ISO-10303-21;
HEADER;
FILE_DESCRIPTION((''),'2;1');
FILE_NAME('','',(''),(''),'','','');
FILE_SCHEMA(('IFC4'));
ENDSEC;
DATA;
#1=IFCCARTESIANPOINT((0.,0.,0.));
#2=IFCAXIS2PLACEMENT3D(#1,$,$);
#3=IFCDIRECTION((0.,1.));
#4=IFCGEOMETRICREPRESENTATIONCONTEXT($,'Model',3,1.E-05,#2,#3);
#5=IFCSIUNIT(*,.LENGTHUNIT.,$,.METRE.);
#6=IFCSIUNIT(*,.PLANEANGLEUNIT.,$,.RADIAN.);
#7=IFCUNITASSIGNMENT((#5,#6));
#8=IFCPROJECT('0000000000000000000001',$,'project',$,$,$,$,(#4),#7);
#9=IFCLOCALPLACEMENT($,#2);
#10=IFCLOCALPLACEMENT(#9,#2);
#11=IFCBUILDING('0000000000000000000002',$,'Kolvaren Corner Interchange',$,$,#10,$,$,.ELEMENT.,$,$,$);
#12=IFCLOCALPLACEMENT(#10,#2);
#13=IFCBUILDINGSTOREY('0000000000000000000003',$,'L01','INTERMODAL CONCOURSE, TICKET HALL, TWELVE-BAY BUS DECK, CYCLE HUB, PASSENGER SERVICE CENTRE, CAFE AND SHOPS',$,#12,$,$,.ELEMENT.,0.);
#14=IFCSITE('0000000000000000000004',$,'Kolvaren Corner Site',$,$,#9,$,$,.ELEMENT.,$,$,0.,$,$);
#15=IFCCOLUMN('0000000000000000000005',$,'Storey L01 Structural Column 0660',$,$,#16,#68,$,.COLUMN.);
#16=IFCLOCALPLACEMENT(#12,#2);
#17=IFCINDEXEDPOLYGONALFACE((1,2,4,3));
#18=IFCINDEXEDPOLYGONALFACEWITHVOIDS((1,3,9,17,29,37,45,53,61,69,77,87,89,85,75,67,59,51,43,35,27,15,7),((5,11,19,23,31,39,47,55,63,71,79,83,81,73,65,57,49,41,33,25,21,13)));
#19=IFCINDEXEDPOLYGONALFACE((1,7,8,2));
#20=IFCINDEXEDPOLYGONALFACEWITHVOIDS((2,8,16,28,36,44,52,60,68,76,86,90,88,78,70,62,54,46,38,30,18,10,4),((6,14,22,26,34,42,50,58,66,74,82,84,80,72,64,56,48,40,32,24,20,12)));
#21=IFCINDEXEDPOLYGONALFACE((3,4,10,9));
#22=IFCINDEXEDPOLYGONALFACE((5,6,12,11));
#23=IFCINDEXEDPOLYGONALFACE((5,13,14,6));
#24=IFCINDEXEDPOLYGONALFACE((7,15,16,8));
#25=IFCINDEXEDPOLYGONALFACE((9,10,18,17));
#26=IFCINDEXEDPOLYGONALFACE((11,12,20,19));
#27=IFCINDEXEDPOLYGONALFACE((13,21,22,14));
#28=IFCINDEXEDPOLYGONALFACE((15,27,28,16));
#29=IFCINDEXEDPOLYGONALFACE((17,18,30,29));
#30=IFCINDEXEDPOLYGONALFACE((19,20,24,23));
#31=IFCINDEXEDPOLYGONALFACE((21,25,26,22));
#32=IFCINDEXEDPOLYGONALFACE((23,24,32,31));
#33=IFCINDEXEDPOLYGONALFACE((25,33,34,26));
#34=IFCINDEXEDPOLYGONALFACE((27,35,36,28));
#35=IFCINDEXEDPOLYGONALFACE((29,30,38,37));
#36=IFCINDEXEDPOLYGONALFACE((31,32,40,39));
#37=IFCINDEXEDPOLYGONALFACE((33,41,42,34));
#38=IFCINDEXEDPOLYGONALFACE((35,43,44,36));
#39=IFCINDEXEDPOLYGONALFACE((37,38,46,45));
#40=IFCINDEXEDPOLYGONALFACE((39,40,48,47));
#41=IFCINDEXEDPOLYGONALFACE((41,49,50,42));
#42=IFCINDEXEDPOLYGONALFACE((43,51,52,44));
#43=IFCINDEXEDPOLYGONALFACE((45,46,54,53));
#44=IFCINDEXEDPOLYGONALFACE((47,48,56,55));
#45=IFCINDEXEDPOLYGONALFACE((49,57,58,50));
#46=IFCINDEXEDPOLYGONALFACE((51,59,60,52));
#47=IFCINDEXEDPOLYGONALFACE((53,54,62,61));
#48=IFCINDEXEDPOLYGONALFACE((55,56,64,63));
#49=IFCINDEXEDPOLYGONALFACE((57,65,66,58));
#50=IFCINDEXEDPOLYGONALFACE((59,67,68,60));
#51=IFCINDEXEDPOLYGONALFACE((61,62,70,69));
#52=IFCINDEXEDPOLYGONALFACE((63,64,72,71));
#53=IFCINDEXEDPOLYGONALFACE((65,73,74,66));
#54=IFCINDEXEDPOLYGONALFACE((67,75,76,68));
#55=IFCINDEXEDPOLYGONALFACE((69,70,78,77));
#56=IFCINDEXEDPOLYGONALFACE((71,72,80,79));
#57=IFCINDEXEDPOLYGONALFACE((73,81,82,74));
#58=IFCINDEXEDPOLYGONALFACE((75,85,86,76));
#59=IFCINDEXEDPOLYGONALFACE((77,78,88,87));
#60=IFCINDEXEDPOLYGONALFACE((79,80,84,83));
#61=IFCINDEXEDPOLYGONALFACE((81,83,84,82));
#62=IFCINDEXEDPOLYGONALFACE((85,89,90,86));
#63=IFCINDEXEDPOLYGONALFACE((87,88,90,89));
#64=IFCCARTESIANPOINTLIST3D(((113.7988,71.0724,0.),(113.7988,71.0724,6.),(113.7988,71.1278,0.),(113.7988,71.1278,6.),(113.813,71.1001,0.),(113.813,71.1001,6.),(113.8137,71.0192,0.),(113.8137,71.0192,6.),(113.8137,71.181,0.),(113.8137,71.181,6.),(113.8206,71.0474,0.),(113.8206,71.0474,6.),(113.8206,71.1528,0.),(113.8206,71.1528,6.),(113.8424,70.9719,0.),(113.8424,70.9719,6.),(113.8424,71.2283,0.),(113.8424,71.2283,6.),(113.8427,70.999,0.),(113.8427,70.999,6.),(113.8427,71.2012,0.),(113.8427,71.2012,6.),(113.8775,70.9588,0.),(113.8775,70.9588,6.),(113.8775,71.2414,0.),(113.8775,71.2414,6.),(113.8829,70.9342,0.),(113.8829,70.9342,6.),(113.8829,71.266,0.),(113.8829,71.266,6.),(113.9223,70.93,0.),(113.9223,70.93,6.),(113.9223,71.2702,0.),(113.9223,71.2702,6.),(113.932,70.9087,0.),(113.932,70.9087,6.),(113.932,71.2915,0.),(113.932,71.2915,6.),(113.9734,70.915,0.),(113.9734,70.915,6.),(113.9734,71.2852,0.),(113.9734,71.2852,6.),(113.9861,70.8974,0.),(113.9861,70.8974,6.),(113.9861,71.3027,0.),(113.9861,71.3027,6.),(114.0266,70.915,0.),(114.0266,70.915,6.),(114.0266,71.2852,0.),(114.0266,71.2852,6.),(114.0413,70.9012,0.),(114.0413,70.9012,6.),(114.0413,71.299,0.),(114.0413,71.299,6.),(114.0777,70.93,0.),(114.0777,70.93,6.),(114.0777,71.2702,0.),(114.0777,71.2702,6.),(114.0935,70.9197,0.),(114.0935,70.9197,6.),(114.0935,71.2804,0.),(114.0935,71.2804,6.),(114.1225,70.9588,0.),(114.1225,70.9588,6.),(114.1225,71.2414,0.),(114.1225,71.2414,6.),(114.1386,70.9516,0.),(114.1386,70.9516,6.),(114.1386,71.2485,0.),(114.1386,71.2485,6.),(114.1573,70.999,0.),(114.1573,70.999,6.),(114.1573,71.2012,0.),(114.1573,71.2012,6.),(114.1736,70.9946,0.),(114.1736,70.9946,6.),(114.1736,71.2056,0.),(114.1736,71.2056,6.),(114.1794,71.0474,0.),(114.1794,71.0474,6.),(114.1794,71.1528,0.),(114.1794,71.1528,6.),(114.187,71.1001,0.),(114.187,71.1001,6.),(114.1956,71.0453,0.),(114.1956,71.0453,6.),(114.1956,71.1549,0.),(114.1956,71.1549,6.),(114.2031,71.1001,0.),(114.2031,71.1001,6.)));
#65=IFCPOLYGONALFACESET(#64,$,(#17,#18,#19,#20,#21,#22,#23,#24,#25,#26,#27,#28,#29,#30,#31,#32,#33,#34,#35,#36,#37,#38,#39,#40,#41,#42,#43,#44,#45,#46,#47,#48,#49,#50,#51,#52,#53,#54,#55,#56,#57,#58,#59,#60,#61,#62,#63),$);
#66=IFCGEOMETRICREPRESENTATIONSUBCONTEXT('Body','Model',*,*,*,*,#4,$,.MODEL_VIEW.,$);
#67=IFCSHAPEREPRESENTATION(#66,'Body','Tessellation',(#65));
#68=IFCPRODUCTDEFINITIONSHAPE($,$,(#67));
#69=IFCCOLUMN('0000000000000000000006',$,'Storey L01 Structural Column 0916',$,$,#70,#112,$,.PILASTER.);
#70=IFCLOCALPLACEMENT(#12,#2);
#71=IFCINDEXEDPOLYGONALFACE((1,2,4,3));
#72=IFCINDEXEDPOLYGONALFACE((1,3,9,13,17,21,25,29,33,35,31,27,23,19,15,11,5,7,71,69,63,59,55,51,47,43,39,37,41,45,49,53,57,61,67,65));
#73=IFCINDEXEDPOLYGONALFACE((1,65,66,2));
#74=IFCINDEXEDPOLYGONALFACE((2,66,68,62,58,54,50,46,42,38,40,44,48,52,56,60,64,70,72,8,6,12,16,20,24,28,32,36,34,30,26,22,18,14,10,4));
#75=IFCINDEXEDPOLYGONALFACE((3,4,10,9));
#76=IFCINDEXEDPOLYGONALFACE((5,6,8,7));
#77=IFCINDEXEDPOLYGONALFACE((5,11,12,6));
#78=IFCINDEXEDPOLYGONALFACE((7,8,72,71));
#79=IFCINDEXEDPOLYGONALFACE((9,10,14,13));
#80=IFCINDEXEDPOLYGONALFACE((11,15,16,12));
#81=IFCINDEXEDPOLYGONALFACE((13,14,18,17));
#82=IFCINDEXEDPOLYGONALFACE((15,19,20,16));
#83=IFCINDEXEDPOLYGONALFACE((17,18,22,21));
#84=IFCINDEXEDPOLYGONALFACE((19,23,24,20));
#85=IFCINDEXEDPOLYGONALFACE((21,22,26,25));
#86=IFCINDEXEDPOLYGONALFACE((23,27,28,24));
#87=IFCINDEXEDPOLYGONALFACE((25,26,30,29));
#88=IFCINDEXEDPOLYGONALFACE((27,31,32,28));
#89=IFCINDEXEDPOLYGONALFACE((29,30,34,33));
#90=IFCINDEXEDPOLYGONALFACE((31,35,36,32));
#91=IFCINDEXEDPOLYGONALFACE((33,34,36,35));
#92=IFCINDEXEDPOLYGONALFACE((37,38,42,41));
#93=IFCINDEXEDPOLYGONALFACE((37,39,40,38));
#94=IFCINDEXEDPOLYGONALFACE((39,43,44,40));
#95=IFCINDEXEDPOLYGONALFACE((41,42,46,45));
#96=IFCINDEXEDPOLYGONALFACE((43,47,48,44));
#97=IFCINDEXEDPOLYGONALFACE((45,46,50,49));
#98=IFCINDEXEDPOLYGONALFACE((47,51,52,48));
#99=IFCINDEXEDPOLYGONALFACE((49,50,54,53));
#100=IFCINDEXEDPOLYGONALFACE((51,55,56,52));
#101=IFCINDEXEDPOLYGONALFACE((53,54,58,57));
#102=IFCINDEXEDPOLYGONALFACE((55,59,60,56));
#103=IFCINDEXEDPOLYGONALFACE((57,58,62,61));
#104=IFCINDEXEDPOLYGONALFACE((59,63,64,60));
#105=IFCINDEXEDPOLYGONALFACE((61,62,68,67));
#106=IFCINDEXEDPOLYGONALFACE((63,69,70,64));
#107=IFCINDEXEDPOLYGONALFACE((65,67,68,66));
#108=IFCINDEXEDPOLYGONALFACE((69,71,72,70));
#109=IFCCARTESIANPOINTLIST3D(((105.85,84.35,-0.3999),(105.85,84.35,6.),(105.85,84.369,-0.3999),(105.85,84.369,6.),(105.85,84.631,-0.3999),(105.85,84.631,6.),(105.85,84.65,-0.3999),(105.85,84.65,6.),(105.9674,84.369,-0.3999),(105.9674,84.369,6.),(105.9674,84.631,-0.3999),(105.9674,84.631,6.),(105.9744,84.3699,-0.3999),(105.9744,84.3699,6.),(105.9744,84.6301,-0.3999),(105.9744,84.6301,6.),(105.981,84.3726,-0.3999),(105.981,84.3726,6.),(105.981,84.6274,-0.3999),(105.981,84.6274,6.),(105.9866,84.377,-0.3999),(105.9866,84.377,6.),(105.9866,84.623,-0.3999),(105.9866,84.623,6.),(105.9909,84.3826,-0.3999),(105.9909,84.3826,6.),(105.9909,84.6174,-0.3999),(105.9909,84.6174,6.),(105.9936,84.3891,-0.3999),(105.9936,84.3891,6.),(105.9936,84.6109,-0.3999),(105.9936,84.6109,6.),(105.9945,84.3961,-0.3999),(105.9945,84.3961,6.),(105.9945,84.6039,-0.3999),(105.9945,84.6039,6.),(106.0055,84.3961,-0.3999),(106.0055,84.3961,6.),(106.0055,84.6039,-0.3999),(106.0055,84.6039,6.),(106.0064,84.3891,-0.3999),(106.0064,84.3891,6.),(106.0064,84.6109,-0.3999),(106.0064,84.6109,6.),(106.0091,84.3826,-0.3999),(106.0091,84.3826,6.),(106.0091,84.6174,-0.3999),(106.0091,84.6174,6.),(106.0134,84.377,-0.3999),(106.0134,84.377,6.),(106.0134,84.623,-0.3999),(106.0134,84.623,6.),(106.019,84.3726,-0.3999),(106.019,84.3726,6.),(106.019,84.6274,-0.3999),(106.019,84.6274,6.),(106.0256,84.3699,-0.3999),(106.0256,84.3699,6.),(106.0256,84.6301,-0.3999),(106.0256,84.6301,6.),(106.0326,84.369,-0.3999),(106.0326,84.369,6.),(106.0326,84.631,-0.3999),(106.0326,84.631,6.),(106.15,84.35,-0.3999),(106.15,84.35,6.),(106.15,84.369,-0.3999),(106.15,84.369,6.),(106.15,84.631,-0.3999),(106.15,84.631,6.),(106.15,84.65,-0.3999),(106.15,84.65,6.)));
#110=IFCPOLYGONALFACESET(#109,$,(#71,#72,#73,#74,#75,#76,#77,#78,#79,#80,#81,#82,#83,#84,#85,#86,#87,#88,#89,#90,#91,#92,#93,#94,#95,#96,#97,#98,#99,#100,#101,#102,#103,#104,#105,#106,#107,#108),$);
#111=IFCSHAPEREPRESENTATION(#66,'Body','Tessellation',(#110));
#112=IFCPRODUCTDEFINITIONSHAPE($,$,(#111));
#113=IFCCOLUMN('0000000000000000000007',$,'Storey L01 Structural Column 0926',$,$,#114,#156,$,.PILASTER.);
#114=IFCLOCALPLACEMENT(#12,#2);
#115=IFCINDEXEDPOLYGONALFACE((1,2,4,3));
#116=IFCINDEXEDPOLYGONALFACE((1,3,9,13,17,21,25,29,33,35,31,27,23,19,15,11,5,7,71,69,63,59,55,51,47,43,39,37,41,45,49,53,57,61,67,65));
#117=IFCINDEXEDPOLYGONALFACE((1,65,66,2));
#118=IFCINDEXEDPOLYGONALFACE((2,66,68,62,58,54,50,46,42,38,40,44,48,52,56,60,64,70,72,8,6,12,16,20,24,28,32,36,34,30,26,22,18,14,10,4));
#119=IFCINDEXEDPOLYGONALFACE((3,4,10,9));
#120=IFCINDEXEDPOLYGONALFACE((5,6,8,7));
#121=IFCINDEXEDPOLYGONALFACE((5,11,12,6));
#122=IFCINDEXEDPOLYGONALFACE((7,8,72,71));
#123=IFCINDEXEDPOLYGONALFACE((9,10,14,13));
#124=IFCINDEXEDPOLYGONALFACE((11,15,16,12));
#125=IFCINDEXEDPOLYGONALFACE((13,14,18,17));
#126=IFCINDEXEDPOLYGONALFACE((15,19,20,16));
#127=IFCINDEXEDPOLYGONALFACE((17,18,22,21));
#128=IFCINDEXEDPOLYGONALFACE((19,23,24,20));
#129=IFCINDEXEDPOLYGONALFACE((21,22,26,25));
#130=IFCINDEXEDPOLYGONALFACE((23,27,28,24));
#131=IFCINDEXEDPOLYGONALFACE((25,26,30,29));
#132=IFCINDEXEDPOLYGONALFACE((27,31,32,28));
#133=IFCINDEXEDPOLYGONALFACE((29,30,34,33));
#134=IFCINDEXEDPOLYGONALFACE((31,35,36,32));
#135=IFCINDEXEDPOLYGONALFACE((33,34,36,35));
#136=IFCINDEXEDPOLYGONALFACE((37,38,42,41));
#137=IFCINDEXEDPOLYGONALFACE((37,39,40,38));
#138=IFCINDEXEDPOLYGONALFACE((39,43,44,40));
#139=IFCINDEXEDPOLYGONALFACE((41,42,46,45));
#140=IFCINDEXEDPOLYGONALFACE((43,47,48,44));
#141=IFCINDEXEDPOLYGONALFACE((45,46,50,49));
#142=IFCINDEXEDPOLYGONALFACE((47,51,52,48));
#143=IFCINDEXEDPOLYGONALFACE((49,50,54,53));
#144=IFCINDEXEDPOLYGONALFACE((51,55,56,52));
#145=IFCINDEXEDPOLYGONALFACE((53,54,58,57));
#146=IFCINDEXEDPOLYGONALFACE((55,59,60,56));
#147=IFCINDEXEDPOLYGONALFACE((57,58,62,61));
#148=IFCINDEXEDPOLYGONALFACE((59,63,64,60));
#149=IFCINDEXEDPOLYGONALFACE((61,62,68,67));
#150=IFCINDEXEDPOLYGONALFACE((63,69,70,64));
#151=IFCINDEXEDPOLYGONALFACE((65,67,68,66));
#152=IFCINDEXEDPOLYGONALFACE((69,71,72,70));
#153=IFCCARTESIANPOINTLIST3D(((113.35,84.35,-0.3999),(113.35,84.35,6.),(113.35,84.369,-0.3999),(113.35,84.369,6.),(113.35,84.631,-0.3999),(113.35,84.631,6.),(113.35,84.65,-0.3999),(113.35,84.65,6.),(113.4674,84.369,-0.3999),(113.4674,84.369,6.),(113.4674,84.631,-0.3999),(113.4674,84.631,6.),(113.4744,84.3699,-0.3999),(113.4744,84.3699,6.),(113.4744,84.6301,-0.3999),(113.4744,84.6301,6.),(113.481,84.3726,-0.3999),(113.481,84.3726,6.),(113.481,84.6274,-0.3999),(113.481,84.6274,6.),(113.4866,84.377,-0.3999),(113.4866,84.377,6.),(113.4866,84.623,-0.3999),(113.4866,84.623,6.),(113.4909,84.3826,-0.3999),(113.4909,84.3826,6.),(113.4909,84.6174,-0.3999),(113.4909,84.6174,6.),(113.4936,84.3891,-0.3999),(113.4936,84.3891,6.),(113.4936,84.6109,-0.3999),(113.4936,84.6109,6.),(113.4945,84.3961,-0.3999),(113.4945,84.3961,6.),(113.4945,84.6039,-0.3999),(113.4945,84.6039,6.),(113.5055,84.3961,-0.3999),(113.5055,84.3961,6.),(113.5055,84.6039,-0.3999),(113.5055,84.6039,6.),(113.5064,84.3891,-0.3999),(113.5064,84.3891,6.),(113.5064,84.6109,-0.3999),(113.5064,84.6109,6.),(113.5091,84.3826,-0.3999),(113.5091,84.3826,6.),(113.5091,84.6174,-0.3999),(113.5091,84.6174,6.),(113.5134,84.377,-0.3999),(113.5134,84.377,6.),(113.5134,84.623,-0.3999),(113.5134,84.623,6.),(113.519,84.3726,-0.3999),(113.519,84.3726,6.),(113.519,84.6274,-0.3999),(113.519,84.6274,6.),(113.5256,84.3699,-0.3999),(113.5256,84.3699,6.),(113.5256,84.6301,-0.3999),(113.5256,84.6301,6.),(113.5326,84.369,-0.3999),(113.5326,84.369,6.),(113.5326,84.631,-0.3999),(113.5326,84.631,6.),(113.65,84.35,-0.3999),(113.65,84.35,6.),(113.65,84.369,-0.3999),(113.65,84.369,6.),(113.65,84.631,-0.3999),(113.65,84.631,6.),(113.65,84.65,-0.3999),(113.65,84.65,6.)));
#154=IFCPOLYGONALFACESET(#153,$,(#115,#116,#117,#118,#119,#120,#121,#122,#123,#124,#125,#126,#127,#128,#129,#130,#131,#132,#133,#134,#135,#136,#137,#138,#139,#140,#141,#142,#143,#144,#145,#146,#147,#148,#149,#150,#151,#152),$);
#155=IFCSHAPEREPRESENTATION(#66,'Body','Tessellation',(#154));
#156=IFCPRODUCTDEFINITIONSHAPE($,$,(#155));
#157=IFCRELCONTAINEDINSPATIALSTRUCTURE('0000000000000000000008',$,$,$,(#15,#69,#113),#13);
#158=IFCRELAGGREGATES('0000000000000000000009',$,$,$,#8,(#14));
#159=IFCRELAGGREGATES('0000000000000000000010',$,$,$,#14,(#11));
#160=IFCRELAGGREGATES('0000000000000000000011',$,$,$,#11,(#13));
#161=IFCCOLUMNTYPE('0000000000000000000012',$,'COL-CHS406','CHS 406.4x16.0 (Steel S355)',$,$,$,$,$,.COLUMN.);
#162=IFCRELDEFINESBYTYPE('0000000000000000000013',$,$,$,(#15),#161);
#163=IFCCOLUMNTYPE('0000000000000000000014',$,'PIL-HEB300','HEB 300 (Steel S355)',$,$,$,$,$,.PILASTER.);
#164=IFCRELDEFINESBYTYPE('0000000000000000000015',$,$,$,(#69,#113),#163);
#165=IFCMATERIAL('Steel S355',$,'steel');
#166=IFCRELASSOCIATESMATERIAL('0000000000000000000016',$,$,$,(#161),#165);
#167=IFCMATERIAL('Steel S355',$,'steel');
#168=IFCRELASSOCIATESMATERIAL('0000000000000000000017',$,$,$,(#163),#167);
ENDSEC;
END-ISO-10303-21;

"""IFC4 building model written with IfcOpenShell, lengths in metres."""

from ifc_helpers import new_model, si_unit, direction, frame, origin, origin_2d, place, context, subcontext, project, spatial, hollow_circle, i_section, extrude, material, material_profile, profile_set, type_object, element, save


model = new_model("IFC4")

# Units and contexts
model_context = context("Model", 3, precision=1e-05, world=origin(), true_north=direction((0.0, 1.0)))
body_context = subcontext(model_context, "Body", "Model", "MODEL_VIEW")
ifc_project = project(units=[si_unit("LENGTHUNIT", "METRE"), si_unit("PLANEANGLEUNIT", "RADIAN")], contexts=[model_context])

# Site, building, storey
site_placement = place(None, origin())
site = spatial("IfcSite", under=ifc_project, at=site_placement, Name="Kolvaren Corner Site", CompositionType="ELEMENT", RefElevation=0.0)
building_placement = place(site_placement, origin())
building = spatial("IfcBuilding", under=site, at=building_placement, Name="Kolvaren Corner Interchange", CompositionType="ELEMENT")
storey_placement = place(building_placement, origin())
storey = spatial("IfcBuildingStorey", under=building, at=storey_placement, Name="L01", Description="INTERMODAL CONCOURSE, TICKET HALL, TWELVE-BAY BUS DECK, CYCLE HUB, PASSENGER SERVICE CENTRE, CAFE AND SHOPS", CompositionType="ELEMENT", Elevation=0.0)

# Columns
ifc_material_1 = material(Name="Steel S355", Category="steel")
ifc_material_profile_1 = material_profile(ifc_material_1, hollow_circle(Radius=0.2031, WallThickness=0.0161, at=origin_2d()), Name="CHS 406.4x16.0")
ifc_profile_set_1 = profile_set([ifc_material_profile_1], Name="Steel S355")
column_type_1 = type_object("IfcColumnType", Name="COL-CHS406", Description="CHS 406.4x16.0 (Steel S355)", PredefinedType="COLUMN", material=ifc_profile_set_1)
column_placement = place(storey_placement, frame((114.0, 71.1001, 0.0), z_axis=(0.0, 0.0, 1.0), x_axis=(1.0, 0.0, 0.0)))
element("IfcColumn", 1, at=column_placement, inside=storey, type_object=column_type_1, Name="Storey L01 Structural Column 0660", PredefinedType="COLUMN", context=body_context, shape_type="SweptSolid", body=[
    extrude(hollow_circle(Radius=0.2031, WallThickness=0.0161, at=origin_2d()), origin(), (0.0, 0.0, 1.0), 6.0),
])
ifc_material_2 = material(Name="Steel S355", Category="steel")
ifc_material_profile_2 = material_profile(ifc_material_2, i_section(OverallWidth=0.3, OverallDepth=0.3, WebThickness=0.011, FlangeThickness=0.019, FilletRadius=0.0271, at=origin_2d()), Name="HEB 300")
ifc_profile_set_2 = profile_set([ifc_material_profile_2], Name="Steel S355")
column_type_2 = type_object("IfcColumnType", Name="PIL-HEB300", Description="HEB 300 (Steel S355)", PredefinedType="PILASTER", material=ifc_profile_set_2)
for number, where, z_axis, x_axis, name in (
    (2, (106.0, 84.5, -0.3999), (0.0, 0.0, 1.0), (1.0, 0.0, 0.0), "Storey L01 Structural Column 0916"),
    (3, (113.5, 84.5, -0.3999), (0.0, 0.0, 1.0), (1.0, 0.0, 0.0), "Storey L01 Structural Column 0926"),
):
    element("IfcColumn", number, at=place(storey_placement, frame(where, z_axis=z_axis, x_axis=x_axis)), inside=storey, type_object=column_type_2, Name=name, PredefinedType="PILASTER", context=body_context, shape_type="SweptSolid", body=[
        extrude(i_section(OverallWidth=0.3, OverallDepth=0.3, WebThickness=0.011, FlangeThickness=0.019, FilletRadius=0.0271, at=origin_2d()), origin(), (0.0, 0.0, 1.0), 6.3999),
    ])

save(model, "model.ifc")
